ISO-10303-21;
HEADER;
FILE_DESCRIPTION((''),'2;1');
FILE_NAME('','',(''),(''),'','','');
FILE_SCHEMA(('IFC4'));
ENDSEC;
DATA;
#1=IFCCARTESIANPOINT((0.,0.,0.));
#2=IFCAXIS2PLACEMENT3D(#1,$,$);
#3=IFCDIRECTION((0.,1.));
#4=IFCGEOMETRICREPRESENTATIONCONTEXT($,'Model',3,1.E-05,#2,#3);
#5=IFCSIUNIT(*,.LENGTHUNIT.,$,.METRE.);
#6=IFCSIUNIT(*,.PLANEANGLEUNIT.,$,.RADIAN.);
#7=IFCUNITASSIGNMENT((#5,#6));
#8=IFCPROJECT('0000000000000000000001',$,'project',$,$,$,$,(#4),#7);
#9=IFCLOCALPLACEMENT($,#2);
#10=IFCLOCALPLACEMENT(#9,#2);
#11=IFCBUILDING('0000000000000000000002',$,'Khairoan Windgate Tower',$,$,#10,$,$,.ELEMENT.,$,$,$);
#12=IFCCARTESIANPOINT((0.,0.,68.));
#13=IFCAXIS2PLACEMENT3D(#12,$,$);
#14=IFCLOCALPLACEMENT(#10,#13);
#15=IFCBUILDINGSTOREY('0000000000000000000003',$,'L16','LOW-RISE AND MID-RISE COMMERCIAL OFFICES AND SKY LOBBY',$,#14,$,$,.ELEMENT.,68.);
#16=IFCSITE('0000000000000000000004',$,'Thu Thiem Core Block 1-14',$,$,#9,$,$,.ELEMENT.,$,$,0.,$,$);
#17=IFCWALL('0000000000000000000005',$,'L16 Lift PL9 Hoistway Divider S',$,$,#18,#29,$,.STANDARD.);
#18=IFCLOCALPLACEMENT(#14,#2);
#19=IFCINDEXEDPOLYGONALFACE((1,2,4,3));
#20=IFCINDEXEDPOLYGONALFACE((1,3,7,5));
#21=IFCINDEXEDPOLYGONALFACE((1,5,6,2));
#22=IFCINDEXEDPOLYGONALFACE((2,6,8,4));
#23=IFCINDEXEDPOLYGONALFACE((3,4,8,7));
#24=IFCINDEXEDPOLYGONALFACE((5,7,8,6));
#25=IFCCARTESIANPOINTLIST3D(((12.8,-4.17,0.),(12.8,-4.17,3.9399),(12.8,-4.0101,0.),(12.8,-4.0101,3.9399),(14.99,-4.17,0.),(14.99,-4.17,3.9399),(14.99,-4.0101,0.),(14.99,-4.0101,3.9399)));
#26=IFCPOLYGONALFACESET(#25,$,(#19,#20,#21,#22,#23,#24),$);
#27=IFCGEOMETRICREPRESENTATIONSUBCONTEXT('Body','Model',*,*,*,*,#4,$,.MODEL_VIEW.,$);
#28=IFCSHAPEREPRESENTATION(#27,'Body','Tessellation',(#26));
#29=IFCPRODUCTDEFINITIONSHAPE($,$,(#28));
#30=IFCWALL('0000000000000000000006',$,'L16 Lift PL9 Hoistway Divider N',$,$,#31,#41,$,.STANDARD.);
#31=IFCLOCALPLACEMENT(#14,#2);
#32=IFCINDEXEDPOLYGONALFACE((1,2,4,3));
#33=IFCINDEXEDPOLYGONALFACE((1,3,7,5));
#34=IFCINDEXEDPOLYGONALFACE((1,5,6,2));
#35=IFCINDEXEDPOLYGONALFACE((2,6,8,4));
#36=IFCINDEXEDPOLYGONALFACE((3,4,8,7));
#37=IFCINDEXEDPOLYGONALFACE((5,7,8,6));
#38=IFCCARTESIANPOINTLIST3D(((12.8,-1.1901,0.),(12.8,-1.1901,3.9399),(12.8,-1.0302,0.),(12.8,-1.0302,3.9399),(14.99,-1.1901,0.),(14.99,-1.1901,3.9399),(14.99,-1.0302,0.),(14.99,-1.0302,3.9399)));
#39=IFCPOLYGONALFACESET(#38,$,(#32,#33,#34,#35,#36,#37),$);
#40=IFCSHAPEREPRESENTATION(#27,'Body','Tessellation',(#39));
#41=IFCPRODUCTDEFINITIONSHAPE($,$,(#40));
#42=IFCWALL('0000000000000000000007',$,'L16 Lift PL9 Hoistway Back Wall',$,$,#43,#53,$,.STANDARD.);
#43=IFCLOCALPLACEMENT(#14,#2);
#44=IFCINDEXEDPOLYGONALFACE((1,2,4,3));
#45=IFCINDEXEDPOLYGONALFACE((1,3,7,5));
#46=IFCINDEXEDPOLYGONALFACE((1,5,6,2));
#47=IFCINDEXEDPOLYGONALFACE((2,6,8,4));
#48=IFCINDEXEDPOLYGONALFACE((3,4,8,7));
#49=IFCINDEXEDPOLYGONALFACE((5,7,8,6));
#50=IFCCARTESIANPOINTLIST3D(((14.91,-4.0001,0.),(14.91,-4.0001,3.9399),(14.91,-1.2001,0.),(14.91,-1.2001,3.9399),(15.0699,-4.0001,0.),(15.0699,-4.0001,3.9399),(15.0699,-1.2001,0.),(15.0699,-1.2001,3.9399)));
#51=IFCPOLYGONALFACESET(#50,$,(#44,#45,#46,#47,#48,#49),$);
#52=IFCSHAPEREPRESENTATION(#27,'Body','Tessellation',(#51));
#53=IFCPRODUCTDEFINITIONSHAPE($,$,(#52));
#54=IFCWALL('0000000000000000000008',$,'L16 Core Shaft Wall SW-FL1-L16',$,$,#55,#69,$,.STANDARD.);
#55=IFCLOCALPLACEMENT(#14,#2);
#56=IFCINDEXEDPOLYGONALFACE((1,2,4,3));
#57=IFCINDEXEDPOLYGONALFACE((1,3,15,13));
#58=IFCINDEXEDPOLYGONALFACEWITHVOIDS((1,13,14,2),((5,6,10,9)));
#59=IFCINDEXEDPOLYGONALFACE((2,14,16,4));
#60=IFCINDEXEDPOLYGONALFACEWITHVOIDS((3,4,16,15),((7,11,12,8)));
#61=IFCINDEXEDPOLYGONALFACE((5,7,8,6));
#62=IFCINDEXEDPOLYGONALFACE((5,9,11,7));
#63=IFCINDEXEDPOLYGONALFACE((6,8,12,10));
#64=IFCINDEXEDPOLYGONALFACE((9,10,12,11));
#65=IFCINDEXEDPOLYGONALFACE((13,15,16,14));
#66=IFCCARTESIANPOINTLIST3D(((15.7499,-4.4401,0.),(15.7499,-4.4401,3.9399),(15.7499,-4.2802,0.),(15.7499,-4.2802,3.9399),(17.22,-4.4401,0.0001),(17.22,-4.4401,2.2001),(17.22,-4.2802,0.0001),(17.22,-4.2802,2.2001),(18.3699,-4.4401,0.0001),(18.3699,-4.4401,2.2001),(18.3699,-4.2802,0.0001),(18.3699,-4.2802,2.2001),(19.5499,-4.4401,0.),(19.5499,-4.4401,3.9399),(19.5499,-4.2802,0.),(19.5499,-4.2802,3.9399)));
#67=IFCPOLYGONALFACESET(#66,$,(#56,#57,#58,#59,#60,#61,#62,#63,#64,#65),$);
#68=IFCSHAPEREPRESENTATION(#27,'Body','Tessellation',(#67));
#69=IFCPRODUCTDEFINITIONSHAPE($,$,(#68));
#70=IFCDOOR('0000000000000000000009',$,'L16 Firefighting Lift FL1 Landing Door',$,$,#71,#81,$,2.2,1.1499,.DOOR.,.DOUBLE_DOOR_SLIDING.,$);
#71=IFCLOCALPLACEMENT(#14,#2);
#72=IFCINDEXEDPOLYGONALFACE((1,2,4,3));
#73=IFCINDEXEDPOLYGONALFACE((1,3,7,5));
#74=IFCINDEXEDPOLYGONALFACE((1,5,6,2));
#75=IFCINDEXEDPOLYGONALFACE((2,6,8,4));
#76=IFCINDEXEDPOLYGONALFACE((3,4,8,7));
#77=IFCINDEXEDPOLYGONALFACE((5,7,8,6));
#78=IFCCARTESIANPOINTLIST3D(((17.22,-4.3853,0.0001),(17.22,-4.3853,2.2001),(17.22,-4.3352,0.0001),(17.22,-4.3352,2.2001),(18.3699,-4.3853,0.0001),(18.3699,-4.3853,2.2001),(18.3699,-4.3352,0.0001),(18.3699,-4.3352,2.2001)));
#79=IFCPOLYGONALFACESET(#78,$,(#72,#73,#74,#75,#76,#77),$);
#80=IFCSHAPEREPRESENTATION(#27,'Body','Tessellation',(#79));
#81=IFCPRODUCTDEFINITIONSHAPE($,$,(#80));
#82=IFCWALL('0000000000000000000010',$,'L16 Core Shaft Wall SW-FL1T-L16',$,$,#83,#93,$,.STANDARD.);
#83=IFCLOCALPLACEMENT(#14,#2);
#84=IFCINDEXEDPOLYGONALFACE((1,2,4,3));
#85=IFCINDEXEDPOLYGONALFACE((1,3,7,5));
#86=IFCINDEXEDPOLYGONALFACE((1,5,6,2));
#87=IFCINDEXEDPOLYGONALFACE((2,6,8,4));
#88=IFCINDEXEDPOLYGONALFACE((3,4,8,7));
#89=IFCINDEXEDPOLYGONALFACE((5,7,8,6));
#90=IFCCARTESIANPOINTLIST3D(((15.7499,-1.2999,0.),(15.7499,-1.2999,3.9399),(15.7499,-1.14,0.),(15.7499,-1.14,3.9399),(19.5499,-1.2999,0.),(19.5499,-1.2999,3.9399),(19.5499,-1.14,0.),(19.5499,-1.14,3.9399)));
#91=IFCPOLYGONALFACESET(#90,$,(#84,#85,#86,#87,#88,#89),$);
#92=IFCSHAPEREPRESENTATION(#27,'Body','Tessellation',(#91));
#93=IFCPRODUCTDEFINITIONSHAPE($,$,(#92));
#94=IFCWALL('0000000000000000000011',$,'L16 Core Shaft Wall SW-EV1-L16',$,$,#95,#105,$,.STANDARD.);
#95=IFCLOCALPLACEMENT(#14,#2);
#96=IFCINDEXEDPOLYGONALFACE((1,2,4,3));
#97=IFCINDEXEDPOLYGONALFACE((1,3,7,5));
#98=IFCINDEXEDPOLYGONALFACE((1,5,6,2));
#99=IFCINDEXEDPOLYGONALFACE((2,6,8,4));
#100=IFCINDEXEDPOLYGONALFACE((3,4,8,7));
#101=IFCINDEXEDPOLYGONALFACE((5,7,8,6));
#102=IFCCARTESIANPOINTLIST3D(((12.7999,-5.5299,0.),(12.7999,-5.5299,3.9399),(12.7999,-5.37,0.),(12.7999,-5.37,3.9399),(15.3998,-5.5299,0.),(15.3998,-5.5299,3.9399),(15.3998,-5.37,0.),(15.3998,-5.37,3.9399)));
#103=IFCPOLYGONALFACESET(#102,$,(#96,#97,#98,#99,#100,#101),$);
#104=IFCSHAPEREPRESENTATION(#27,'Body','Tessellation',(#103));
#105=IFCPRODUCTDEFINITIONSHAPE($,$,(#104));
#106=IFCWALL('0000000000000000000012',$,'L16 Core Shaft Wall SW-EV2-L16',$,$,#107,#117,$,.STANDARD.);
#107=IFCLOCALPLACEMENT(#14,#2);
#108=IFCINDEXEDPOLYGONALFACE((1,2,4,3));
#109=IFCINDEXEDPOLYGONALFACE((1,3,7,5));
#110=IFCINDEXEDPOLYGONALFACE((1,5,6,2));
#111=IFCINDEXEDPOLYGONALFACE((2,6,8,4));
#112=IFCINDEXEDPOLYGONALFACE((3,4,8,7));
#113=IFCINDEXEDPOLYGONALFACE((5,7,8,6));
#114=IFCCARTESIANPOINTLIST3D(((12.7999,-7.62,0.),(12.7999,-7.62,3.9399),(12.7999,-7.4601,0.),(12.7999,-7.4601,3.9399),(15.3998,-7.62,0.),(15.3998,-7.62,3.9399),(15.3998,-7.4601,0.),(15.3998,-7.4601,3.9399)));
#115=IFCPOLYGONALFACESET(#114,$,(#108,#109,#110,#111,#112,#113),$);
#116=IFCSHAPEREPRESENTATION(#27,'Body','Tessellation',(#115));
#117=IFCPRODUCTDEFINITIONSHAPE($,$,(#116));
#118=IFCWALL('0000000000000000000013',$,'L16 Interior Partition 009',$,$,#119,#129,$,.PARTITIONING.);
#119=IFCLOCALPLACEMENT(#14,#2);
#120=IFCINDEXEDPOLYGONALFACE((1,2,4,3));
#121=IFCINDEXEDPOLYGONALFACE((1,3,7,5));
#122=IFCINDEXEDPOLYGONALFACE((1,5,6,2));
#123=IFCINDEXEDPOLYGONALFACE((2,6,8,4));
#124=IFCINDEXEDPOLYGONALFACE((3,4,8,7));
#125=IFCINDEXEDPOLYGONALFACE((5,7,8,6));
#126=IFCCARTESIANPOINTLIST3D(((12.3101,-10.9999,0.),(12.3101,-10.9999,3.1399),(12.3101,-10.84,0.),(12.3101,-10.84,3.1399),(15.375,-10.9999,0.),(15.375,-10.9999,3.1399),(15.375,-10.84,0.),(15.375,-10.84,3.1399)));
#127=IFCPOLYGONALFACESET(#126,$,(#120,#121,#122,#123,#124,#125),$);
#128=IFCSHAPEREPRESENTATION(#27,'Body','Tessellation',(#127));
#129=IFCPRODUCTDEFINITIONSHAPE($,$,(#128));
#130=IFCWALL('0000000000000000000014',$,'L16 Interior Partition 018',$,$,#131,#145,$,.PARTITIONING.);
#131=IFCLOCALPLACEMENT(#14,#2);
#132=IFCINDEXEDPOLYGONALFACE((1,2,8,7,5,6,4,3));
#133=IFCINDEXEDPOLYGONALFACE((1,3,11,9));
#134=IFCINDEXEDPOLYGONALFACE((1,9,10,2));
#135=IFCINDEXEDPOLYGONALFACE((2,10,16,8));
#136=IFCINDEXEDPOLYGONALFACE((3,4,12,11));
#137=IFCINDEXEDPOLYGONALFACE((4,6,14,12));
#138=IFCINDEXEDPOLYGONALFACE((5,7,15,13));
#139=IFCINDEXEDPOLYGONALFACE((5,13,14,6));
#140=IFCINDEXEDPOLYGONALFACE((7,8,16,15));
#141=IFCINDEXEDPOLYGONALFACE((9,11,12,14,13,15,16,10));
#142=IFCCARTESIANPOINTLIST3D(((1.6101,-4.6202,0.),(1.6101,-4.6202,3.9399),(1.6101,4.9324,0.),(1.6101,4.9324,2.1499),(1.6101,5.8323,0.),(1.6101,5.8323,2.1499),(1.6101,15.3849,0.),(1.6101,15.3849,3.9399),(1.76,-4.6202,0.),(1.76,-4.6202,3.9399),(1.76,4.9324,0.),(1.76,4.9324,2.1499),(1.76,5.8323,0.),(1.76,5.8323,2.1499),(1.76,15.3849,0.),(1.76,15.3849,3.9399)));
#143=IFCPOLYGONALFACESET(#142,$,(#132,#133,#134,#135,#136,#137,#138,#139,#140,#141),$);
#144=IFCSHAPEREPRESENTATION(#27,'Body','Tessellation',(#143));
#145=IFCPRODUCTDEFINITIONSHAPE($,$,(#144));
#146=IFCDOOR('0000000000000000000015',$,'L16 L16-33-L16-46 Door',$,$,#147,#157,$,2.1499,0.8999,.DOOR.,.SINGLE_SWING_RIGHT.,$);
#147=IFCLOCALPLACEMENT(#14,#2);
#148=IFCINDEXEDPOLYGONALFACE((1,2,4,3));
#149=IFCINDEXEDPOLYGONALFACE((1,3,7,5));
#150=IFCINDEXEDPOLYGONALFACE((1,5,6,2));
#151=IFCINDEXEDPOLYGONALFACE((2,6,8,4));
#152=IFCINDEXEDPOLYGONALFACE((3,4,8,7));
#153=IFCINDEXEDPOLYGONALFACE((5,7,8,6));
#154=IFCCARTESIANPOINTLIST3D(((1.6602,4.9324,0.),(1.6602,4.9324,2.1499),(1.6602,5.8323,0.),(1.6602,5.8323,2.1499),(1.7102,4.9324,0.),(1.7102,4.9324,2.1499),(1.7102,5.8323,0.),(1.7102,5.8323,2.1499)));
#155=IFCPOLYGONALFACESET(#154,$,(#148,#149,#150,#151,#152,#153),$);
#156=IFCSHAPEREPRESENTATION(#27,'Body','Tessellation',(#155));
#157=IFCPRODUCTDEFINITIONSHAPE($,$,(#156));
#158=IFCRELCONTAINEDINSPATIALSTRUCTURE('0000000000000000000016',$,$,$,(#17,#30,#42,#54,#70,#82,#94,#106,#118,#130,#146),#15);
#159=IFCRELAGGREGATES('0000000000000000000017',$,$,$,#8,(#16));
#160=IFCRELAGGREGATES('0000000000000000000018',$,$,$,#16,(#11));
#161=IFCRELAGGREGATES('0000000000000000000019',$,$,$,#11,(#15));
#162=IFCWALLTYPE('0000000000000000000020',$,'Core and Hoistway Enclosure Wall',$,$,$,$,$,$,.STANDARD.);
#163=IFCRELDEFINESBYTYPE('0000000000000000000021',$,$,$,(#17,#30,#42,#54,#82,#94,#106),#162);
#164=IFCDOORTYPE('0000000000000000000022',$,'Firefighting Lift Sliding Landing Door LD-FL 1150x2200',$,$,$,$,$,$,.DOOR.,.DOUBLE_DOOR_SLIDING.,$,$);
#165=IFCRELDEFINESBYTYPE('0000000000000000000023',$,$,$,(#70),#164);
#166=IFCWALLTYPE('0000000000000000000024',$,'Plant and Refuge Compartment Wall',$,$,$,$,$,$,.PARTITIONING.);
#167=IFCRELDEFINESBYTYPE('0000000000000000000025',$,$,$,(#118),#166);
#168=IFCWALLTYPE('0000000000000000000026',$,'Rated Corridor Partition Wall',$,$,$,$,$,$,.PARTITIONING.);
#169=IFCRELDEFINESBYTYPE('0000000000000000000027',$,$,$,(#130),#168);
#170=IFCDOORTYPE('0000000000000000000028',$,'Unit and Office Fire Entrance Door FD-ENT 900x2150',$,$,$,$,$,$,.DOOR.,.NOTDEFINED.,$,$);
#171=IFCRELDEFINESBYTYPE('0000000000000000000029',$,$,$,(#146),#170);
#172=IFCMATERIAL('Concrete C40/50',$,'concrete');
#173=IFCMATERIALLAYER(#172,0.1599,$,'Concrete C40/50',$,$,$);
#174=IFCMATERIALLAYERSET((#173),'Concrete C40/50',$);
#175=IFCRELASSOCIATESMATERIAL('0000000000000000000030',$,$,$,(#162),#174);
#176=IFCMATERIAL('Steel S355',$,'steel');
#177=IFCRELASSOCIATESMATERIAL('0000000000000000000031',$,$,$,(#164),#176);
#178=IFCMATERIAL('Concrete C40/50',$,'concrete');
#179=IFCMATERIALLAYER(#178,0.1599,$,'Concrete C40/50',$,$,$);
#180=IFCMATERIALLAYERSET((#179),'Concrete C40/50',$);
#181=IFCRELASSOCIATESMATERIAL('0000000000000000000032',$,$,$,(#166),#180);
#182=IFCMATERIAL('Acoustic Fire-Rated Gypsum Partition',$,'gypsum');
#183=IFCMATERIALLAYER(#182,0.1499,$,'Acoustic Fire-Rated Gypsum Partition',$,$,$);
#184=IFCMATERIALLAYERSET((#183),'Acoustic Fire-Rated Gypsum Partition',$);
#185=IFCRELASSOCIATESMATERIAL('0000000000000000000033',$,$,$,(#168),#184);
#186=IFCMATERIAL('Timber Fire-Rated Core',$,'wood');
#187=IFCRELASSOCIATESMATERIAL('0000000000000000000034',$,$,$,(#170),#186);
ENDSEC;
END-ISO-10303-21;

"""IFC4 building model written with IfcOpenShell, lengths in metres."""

from ifc_helpers import new_model, si_unit, direction, frame, frame_2d, origin, place, context, subcontext, project, spatial, rectangle, extrude, material, layer, layer_set, type_object, element, fill, save


model = new_model("IFC4")

# Units and contexts
model_context = context("Model", 3, precision=1e-05, world=origin(), true_north=direction((0.0, 1.0)))
body_context = subcontext(model_context, "Body", "Model", "MODEL_VIEW")
ifc_project = project(units=[si_unit("LENGTHUNIT", "METRE"), si_unit("PLANEANGLEUNIT", "RADIAN")], contexts=[model_context])

# Site, building, storey
site_placement = place(None, origin())
site = spatial("IfcSite", under=ifc_project, at=site_placement, Name="Thu Thiem Core Block 1-14", CompositionType="ELEMENT", RefElevation=0.0)
building_placement = place(site_placement, origin())
building = spatial("IfcBuilding", under=site, at=building_placement, Name="Khairoan Windgate Tower", CompositionType="ELEMENT")
storey_placement = place(building_placement, frame((0.0, 0.0, 68.0)))
storey = spatial("IfcBuildingStorey", under=building, at=storey_placement, Name="L16", Description="LOW-RISE AND MID-RISE COMMERCIAL OFFICES AND SKY LOBBY", CompositionType="ELEMENT", Elevation=68.0)

# Walls
ifc_material_1 = material(Name="Concrete C40/50", Category="concrete")
ifc_layer_1 = layer(ifc_material_1, 0.1599, Name="Concrete C40/50")
ifc_layer_set_1 = layer_set([ifc_layer_1], Name="Concrete C40/50")
wall_type_1 = type_object("IfcWallType", Name="Core and Hoistway Enclosure Wall", PredefinedType="STANDARD", material=ifc_layer_set_1)
for number, where, z_axis, x_axis, name in (
    (1, (12.8, -4.0901, 0.0), (0.0, 0.0, 1.0), (1.0, 0.0, 0.0), "L16 Lift PL9 Hoistway Divider S"),
    (2, (12.8, -1.1101, 0.0), (0.0, 0.0, 1.0), (1.0, 0.0, 0.0), "L16 Lift PL9 Hoistway Divider N"),
):
    element("IfcWall", number, at=place(storey_placement, frame(where, z_axis=z_axis, x_axis=x_axis)), inside=storey, type_object=wall_type_1, Name=name, PredefinedType="STANDARD", context=body_context, shape_type="SweptSolid", body=[
        extrude(rectangle(XDim=2.1899, YDim=0.1599, at=frame_2d((1.095, 0.0))), origin(), (0.0, 0.0, 1.0), 3.9399),
    ])
wall_1_placement = place(storey_placement, frame((14.99, -4.0, 0.0), z_axis=(0.0, 0.0, 1.0), x_axis=(0.0, 1.0, 0.0)))
element("IfcWall", 3, at=wall_1_placement, inside=storey, type_object=wall_type_1, Name="L16 Lift PL9 Hoistway Back Wall", PredefinedType="STANDARD", context=body_context, shape_type="SweptSolid", body=[
    extrude(rectangle(XDim=2.8, YDim=0.1599, at=frame_2d((1.3999, 0.0))), origin(), (0.0, 0.0, 1.0), 3.9399),
])

# Wall, opening, door
wall_2_placement = place(storey_placement, frame((15.75, -4.3601, 0.0), z_axis=(0.0, 0.0, 1.0), x_axis=(1.0, 0.0, 0.0)))
wall_2 = element("IfcWall", 4, at=wall_2_placement, inside=storey, type_object=wall_type_1, Name="L16 Core Shaft Wall SW-FL1-L16", PredefinedType="STANDARD", context=body_context, shape_type="SweptSolid", body=[
    extrude(rectangle(XDim=3.8, YDim=0.1599, at=frame_2d((1.8999, 0.0))), origin(), (0.0, 0.0, 1.0), 3.9399),
])
opening_1_placement = place(wall_2_placement, frame((1.47, 0.0, 0.0)))
opening_1 = element("IfcOpeningElement", 5, at=opening_1_placement, cuts=wall_2, PredefinedType="OPENING", context=body_context, shape_type="SweptSolid", body=[
    extrude(rectangle(XDim=1.1499, YDim=2.2, at=frame_2d((0.575, 1.1001))), frame((0.0, 0.0898, 0.0), z_axis=(0.0, -1.0, 0.0), x_axis=(1.0, 0.0, 0.0)), (0.0, 0.0, 1.0), 0.1799),
])
ifc_material_2 = material(Name="Steel S355", Category="steel")
door_type_1 = type_object("IfcDoorType", Name="Firefighting Lift Sliding Landing Door LD-FL 1150x2200", OperationType="DOUBLE_DOOR_SLIDING", PredefinedType="DOOR", material=ifc_material_2)
door_1_placement = place(opening_1_placement, origin())
door_1 = element("IfcDoor", 6, at=door_1_placement, inside=storey, type_object=door_type_1, Name="L16 Firefighting Lift FL1 Landing Door", OperationType="DOUBLE_DOOR_SLIDING", OverallHeight=2.2, OverallWidth=1.1499, PredefinedType="DOOR", context=body_context, shape_type="SweptSolid", body=[
    extrude(rectangle(XDim=1.1499, YDim=2.2, at=frame_2d((0.575, 1.1001))), frame((0.0, 0.0249, 0.0), z_axis=(0.0, -1.0, 0.0), x_axis=(1.0, 0.0, 0.0)), (0.0, 0.0, 1.0), 0.05),
])
fill(opening_1, door_1)

# Walls
wall_3_placement = place(storey_placement, frame((15.75, -1.22, 0.0), z_axis=(0.0, 0.0, 1.0), x_axis=(1.0, 0.0, 0.0)))
element("IfcWall", 7, at=wall_3_placement, inside=storey, type_object=wall_type_1, Name="L16 Core Shaft Wall SW-FL1T-L16", PredefinedType="STANDARD", context=body_context, shape_type="SweptSolid", body=[
    extrude(rectangle(XDim=3.8, YDim=0.1599, at=frame_2d((1.8999, 0.0))), origin(), (0.0, 0.0, 1.0), 3.9399),
])
for number, where, z_axis, x_axis, name in (
    (8, (12.8, -5.45, 0.0), (0.0, 0.0, 1.0), (1.0, 0.0, 0.0), "L16 Core Shaft Wall SW-EV1-L16"),
    (9, (12.8, -7.54, 0.0), (0.0, 0.0, 1.0), (1.0, 0.0, 0.0), "L16 Core Shaft Wall SW-EV2-L16"),
):
    element("IfcWall", number, at=place(storey_placement, frame(where, z_axis=z_axis, x_axis=x_axis)), inside=storey, type_object=wall_type_1, Name=name, PredefinedType="STANDARD", context=body_context, shape_type="SweptSolid", body=[
        extrude(rectangle(XDim=2.5999, YDim=0.1599, at=frame_2d((1.2998, 0.0))), origin(), (0.0, 0.0, 1.0), 3.9399),
    ])
ifc_material_3 = material(Name="Concrete C40/50", Category="concrete")
ifc_layer_2 = layer(ifc_material_3, 0.1599, Name="Concrete C40/50")
ifc_layer_set_2 = layer_set([ifc_layer_2], Name="Concrete C40/50")
wall_type_2 = type_object("IfcWallType", Name="Plant and Refuge Compartment Wall", PredefinedType="PARTITIONING", material=ifc_layer_set_2)
wall_4_placement = place(storey_placement, frame((12.3101, -10.9199, 0.0), z_axis=(0.0, 0.0, 1.0), x_axis=(1.0, 0.0, 0.0)))
element("IfcWall", 10, at=wall_4_placement, inside=storey, type_object=wall_type_2, Name="L16 Interior Partition 009", PredefinedType="PARTITIONING", context=body_context, shape_type="SweptSolid", body=[
    extrude(rectangle(XDim=3.0649, YDim=0.1599, at=frame_2d((1.5325, 0.0))), origin(), (0.0, 0.0, 1.0), 3.1399),
])

# Wall, opening, door
ifc_material_4 = material(Name="Acoustic Fire-Rated Gypsum Partition", Category="gypsum")
ifc_layer_3 = layer(ifc_material_4, 0.1499, Name="Acoustic Fire-Rated Gypsum Partition")
ifc_layer_set_3 = layer_set([ifc_layer_3], Name="Acoustic Fire-Rated Gypsum Partition")
wall_type_3 = type_object("IfcWallType", Name="Rated Corridor Partition Wall", PredefinedType="PARTITIONING", material=ifc_layer_set_3)
wall_5_placement = place(storey_placement, frame((1.6851, -4.6201, 0.0), z_axis=(0.0, 0.0, 1.0), x_axis=(0.0, 1.0, 0.0)))
wall_5 = element("IfcWall", 11, at=wall_5_placement, inside=storey, type_object=wall_type_3, Name="L16 Interior Partition 018", PredefinedType="PARTITIONING", context=body_context, shape_type="SweptSolid", body=[
    extrude(rectangle(XDim=20.0051, YDim=0.1499, at=frame_2d((10.0024, 0.0))), origin(), (0.0, 0.0, 1.0), 3.9399),
])
opening_2_placement = place(wall_5_placement, frame((9.5525, 0.0, 0.0)))
opening_2 = element("IfcOpeningElement", 12, at=opening_2_placement, cuts=wall_5, PredefinedType="OPENING", context=body_context, shape_type="SweptSolid", body=[
    extrude(rectangle(XDim=0.8999, YDim=2.1499, at=frame_2d((0.45, 1.075))), frame((0.0, 0.085, 0.0), z_axis=(0.0, -1.0, 0.0), x_axis=(1.0, 0.0, 0.0)), (0.0, 0.0, 1.0), 0.1699),
])
ifc_material_5 = material(Name="Timber Fire-Rated Core", Category="wood")
door_type_2 = type_object("IfcDoorType", Name="Unit and Office Fire Entrance Door FD-ENT 900x2150", OperationType="NOTDEFINED", PredefinedType="DOOR", material=ifc_material_5)
door_2_placement = place(opening_2_placement, origin())
door_2 = element("IfcDoor", 13, at=door_2_placement, inside=storey, type_object=door_type_2, Name="L16 L16-33-L16-46 Door", OperationType="SINGLE_SWING_RIGHT", OverallHeight=2.1499, OverallWidth=0.8999, PredefinedType="DOOR", context=body_context, shape_type="SweptSolid", body=[
    extrude(rectangle(XDim=0.8999, YDim=2.1499, at=frame_2d((0.45, 1.075))), frame((0.0, 0.0249, 0.0), z_axis=(0.0, -1.0, 0.0), x_axis=(1.0, 0.0, 0.0)), (0.0, 0.0, 1.0), 0.05),
])
fill(opening_2, door_2)

save(model, "model.ifc")
